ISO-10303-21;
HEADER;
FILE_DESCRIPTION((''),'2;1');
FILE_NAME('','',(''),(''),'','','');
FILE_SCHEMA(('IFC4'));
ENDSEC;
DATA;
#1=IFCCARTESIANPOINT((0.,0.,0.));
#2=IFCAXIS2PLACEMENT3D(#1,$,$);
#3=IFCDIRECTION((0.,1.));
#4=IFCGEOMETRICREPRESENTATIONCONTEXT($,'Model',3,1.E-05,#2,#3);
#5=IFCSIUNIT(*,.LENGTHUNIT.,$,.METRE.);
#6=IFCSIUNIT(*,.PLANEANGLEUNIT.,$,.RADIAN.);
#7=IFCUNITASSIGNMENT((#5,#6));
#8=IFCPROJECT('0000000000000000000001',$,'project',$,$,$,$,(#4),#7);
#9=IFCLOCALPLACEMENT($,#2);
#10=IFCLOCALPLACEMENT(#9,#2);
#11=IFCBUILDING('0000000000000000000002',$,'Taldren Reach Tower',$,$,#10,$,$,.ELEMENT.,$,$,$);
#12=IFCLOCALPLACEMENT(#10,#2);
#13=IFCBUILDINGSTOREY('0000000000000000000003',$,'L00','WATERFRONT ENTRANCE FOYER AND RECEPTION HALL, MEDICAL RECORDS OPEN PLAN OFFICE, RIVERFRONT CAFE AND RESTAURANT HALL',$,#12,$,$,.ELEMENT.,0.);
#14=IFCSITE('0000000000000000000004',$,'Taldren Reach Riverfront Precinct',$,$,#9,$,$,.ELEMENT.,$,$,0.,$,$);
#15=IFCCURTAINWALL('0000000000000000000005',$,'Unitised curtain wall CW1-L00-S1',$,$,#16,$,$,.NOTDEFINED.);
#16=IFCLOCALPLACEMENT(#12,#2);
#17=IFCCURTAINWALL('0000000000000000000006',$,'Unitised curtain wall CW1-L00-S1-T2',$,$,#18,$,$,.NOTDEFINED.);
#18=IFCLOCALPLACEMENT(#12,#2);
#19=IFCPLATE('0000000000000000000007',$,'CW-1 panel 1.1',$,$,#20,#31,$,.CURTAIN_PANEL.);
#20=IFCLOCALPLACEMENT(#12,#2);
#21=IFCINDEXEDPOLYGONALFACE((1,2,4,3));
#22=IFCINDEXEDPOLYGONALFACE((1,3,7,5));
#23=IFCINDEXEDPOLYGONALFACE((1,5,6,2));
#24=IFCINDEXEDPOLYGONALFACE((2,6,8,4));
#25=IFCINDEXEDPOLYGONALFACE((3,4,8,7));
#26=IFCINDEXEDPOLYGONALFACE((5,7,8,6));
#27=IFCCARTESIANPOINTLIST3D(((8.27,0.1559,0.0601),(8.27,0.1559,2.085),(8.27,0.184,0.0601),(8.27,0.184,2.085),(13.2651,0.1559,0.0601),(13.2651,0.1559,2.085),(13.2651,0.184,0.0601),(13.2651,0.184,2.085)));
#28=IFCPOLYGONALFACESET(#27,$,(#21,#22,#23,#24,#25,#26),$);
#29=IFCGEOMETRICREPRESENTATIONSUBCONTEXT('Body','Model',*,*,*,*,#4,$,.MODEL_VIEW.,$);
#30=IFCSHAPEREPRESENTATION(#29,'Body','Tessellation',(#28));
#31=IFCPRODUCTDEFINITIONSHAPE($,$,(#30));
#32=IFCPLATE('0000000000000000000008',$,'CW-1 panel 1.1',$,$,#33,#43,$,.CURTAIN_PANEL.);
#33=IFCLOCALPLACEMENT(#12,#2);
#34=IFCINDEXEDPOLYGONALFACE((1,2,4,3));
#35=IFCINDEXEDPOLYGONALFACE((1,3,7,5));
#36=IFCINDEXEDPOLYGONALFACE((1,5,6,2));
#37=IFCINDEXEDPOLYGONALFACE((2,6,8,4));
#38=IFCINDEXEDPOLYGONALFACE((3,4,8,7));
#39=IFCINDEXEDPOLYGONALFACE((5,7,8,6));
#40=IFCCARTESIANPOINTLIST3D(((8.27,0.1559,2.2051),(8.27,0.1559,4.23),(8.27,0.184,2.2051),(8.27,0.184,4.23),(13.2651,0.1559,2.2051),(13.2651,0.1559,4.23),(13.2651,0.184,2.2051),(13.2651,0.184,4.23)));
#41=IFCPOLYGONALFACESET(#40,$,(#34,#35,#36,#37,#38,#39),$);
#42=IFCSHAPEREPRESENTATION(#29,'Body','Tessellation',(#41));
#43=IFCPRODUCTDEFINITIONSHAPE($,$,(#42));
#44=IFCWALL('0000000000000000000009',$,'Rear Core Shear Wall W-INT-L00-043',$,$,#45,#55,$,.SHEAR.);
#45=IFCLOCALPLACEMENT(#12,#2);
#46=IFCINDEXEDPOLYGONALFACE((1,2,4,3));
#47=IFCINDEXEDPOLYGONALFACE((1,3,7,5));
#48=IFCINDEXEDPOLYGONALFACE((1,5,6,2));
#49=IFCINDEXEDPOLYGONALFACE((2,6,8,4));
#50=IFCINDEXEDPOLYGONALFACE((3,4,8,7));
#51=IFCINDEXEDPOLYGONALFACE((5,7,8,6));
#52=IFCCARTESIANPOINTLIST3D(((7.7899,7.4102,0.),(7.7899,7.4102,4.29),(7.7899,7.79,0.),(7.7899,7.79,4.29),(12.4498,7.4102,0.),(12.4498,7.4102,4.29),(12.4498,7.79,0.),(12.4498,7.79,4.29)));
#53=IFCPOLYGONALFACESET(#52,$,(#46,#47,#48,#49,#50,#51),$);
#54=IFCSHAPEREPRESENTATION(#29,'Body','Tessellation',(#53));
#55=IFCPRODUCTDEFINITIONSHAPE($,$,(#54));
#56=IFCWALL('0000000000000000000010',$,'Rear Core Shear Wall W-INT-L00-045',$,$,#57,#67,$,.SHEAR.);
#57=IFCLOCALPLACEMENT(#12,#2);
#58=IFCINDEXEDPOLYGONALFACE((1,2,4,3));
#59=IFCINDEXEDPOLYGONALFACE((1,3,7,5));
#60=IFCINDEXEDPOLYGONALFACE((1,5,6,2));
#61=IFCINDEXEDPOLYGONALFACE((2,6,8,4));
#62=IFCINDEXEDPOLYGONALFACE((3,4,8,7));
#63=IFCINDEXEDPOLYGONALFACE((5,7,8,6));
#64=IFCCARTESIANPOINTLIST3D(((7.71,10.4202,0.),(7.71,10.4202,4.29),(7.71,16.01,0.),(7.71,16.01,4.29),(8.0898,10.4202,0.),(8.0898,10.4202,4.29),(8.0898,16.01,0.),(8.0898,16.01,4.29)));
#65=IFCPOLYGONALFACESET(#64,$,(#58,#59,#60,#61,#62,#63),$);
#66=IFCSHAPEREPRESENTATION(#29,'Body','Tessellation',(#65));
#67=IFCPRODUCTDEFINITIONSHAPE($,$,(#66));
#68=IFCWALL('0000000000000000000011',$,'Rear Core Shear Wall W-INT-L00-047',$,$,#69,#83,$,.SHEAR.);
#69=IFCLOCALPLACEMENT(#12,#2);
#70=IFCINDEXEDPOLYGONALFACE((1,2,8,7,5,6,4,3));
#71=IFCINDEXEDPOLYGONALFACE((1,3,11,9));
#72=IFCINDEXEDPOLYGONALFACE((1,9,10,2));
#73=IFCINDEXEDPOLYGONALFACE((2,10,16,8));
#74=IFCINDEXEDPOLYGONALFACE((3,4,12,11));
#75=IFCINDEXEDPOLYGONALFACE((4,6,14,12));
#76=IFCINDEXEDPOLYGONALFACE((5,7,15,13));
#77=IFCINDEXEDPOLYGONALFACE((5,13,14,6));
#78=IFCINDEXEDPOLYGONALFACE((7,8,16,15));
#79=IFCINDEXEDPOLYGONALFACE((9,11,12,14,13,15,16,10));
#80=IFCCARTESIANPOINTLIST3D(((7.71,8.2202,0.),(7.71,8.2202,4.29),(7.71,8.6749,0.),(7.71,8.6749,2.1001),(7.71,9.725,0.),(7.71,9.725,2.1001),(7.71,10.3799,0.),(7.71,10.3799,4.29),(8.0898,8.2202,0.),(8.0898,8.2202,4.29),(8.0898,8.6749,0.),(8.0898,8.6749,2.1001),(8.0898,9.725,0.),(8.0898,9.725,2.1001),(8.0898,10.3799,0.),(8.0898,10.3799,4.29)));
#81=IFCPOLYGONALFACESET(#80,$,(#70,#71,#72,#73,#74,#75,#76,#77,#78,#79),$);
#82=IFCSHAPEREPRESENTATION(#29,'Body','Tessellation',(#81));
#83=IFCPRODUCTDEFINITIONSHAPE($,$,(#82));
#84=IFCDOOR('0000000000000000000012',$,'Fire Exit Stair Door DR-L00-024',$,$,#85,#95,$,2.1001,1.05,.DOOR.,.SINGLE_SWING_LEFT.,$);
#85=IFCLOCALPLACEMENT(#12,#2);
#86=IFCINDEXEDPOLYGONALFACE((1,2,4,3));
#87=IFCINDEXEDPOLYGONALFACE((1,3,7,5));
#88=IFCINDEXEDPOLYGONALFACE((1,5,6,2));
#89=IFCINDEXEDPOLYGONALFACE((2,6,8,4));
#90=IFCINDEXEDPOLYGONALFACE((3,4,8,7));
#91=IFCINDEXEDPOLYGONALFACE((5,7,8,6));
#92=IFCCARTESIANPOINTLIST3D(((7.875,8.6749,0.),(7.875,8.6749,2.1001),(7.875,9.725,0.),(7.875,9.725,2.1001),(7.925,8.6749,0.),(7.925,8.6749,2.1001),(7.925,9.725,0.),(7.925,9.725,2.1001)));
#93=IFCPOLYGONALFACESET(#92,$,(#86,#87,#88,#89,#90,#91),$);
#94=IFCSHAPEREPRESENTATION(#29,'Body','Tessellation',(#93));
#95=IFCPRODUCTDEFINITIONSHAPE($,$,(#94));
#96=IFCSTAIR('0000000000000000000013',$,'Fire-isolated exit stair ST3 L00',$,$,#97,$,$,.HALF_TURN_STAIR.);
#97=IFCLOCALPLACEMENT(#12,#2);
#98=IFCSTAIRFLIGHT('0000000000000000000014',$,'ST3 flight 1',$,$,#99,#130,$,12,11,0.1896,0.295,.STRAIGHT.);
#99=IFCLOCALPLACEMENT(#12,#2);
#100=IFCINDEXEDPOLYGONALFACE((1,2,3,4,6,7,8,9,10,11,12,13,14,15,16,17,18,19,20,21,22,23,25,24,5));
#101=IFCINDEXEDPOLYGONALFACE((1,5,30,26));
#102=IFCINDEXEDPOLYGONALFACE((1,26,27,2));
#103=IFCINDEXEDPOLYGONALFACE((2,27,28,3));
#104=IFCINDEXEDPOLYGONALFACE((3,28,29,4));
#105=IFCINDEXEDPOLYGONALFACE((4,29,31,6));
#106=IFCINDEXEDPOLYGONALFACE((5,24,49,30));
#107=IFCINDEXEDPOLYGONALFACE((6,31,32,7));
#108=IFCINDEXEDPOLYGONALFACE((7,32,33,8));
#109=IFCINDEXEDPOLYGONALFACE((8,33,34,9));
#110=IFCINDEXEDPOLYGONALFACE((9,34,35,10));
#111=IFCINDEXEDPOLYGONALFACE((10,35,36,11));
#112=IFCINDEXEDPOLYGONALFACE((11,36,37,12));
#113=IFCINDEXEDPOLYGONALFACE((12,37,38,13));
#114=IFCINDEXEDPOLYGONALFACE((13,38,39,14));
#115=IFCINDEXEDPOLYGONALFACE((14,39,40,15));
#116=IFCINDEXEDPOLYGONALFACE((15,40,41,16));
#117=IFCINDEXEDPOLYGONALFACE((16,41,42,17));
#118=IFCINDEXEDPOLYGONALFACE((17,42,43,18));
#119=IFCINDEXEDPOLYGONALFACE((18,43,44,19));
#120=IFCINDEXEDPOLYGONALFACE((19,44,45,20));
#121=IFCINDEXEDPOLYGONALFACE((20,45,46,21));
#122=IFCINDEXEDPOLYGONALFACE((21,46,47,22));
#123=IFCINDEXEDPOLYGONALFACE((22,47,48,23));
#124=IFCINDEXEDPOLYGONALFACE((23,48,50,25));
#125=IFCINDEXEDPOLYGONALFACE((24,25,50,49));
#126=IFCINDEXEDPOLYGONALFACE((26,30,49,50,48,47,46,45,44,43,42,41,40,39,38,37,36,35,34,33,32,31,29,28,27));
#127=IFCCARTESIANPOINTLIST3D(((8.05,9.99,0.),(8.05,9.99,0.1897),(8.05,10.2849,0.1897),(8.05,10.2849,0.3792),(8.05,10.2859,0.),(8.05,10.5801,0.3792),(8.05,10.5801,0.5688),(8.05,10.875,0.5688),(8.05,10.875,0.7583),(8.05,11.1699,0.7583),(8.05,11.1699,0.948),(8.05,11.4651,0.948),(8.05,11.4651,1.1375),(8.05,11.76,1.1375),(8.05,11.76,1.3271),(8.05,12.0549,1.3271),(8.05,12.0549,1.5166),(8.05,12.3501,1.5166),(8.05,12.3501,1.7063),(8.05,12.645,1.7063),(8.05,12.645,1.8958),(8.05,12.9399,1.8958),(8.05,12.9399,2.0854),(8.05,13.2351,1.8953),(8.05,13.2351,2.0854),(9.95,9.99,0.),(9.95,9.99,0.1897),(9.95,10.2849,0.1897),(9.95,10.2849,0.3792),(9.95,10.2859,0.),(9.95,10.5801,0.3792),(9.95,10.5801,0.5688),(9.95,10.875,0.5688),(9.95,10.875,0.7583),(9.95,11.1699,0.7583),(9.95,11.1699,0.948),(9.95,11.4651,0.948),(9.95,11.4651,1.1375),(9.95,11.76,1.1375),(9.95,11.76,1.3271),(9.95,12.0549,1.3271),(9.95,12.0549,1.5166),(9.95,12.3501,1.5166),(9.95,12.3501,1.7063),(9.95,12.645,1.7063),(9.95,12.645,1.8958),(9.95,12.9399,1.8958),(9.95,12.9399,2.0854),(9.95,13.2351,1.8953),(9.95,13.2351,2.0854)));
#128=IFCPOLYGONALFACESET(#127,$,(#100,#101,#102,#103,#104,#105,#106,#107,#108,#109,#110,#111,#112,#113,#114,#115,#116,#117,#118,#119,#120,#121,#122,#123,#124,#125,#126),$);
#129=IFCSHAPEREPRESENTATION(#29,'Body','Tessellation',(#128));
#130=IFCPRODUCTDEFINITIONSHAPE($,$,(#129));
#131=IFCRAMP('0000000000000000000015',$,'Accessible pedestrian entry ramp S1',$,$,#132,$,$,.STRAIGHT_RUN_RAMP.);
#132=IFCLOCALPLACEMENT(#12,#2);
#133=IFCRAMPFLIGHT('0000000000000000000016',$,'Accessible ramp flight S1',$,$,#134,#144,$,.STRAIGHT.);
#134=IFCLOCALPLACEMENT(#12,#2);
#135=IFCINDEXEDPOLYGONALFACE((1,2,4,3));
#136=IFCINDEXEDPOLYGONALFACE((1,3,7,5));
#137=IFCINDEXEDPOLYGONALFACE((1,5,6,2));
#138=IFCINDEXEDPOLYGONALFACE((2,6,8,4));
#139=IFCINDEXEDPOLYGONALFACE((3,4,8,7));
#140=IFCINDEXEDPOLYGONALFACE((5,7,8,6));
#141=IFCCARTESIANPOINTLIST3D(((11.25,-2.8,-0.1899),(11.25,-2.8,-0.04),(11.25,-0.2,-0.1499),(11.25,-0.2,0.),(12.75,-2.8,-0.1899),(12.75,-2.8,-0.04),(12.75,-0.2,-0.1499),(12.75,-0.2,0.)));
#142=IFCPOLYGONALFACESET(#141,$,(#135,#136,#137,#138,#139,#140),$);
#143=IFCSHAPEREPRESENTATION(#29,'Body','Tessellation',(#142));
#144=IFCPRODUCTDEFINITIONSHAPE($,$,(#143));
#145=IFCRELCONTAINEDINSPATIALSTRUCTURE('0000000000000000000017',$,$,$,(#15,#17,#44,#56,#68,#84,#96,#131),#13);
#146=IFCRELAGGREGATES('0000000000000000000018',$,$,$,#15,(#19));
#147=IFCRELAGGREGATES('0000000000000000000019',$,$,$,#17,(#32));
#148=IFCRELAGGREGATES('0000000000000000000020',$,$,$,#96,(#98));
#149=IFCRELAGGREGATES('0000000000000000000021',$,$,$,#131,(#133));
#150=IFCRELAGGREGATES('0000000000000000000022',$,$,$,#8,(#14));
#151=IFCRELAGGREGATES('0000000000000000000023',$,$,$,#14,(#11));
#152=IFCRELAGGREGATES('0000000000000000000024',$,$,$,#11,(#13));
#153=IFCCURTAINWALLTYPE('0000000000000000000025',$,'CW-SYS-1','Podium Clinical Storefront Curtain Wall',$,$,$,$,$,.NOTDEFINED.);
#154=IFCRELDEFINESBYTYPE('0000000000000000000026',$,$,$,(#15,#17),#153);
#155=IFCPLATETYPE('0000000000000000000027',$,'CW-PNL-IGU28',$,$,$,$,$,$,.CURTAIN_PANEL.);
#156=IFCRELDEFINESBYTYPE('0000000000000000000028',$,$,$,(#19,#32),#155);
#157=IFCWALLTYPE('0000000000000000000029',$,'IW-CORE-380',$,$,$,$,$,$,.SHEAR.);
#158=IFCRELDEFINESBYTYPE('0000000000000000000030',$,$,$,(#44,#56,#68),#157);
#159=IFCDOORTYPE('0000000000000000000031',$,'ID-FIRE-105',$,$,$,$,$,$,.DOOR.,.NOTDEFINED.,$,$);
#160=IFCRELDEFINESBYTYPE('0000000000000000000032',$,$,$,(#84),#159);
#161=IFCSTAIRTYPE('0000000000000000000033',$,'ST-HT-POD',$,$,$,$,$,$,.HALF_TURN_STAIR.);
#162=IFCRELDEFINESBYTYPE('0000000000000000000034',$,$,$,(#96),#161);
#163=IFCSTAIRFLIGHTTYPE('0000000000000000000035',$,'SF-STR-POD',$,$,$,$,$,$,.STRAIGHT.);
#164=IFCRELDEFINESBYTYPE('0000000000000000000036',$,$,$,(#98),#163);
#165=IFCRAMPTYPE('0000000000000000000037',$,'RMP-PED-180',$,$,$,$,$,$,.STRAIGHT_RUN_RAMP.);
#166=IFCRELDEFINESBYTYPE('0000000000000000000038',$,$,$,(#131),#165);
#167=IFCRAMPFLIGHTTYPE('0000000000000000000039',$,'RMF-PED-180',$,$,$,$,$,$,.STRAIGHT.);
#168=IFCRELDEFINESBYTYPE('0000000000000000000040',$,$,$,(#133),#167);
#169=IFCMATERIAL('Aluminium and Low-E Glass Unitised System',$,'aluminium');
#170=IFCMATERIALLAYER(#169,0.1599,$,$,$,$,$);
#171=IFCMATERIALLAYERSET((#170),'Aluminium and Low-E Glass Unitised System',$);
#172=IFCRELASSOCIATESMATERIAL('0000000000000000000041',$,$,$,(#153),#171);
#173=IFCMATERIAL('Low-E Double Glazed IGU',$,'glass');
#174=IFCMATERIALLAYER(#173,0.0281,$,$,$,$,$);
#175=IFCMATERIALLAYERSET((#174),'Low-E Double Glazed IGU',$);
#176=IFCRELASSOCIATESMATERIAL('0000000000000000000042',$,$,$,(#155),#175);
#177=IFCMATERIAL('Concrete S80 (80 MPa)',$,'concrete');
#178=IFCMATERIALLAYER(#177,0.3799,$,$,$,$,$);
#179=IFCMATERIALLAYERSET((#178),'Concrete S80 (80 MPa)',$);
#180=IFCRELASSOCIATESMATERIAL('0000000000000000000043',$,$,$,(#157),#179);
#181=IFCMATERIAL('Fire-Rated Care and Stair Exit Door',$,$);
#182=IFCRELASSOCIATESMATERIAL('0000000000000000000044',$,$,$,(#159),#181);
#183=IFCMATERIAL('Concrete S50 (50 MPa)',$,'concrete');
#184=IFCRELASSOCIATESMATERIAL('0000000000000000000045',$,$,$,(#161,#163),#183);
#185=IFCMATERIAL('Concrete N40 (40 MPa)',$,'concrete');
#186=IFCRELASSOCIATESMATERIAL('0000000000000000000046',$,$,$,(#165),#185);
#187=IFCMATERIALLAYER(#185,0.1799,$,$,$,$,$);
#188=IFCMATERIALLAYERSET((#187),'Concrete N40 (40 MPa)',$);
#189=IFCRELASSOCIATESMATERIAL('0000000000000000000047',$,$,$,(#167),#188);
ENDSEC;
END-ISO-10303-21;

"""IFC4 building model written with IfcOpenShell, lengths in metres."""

from ifc_helpers import new_model, si_unit, direction, frame, frame_2d, origin, origin_2d, place, context, subcontext, project, spatial, polyline, rectangle, outline, extrude, source, transform, mapped, material, layer, layer_set, type_object, element, fill, aggregate, save


model = new_model("IFC4")

# Units and contexts
model_context = context("Model", 3, precision=1e-05, world=origin(), true_north=direction((0.0, 1.0)))
body_context = subcontext(model_context, "Body", "Model", "MODEL_VIEW")
ifc_project = project(units=[si_unit("LENGTHUNIT", "METRE"), si_unit("PLANEANGLEUNIT", "RADIAN")], contexts=[model_context])

# Site, building, storey
site_placement = place(None, origin())
site = spatial("IfcSite", under=ifc_project, at=site_placement, Name="Taldren Reach Riverfront Precinct", CompositionType="ELEMENT", RefElevation=0.0)
building_placement = place(site_placement, origin())
building = spatial("IfcBuilding", under=site, at=building_placement, Name="Taldren Reach Tower", CompositionType="ELEMENT")
storey_placement = place(building_placement, origin())
storey = spatial("IfcBuildingStorey", under=building, at=storey_placement, Name="L00", Description="WATERFRONT ENTRANCE FOYER AND RECEPTION HALL, MEDICAL RECORDS OPEN PLAN OFFICE, RIVERFRONT CAFE AND RESTAURANT HALL", CompositionType="ELEMENT", Elevation=0.0)

# Shared definitions
ifc_material_1 = material(Name="Concrete S50 (50 MPa)", Category="concrete")

# Curtain walls
ifc_material_2 = material(Name="Aluminium and Low-E Glass Unitised System", Category="aluminium")
ifc_layer_1 = layer(ifc_material_2, 0.1599)
ifc_layer_set_1 = layer_set([ifc_layer_1], Name="Aluminium and Low-E Glass Unitised System")
curtain_wall_type = type_object("IfcCurtainWallType", Name="CW-SYS-1", Description="Podium Clinical Storefront Curtain Wall", PredefinedType="NOTDEFINED", material=ifc_layer_set_1)
curtain_wall_1_placement = place(storey_placement, origin())
curtain_wall_1 = element("IfcCurtainWall", 1, at=curtain_wall_1_placement, inside=storey, type_object=curtain_wall_type, Name="Unitised curtain wall CW1-L00-S1", PredefinedType="NOTDEFINED")
curtain_wall_2_placement = place(storey_placement, origin())
curtain_wall_2 = element("IfcCurtainWall", 2, at=curtain_wall_2_placement, inside=storey, type_object=curtain_wall_type, Name="Unitised curtain wall CW1-L00-S1-T2", PredefinedType="NOTDEFINED")

# Plates
ifc_material_3 = material(Name="Low-E Double Glazed IGU", Category="glass")
ifc_layer_2 = layer(ifc_material_3, 0.0281)
ifc_layer_set_2 = layer_set([ifc_layer_2], Name="Low-E Double Glazed IGU")
plate_type = type_object("IfcPlateType", Name="CW-PNL-IGU28", PredefinedType="CURTAIN_PANEL", material=ifc_layer_set_2)
shared_shape_1 = source(origin(), body_context, "Body", "SweptSolid", [
    extrude(rectangle(XDim=4.9951, YDim=0.0281, at=origin_2d()), origin(), (0.0, 0.0, 1.0), 2.0249),
])
plate_1_placement = place(storey_placement, frame((10.7676, 0.1699, 0.0601), z_axis=(0.0, 0.0, 1.0), x_axis=(1.0, 0.0, 0.0)))
plate_1 = element("IfcPlate", 3, at=plate_1_placement, type_object=plate_type, Name="CW-1 panel 1.1", PredefinedType="CURTAIN_PANEL", context=body_context, shape_type="MappedRepresentation", body=[
    mapped(shared_shape_1, transform((0.0, 0.0, 0.0), scale=1.0)),
])
aggregate(curtain_wall_1, [plate_1])
plate_2_placement = place(storey_placement, frame((10.7676, 0.1699, 2.2051), z_axis=(0.0, 0.0, 1.0), x_axis=(1.0, 0.0, 0.0)))
plate_2 = element("IfcPlate", 4, at=plate_2_placement, type_object=plate_type, Name="CW-1 panel 1.1", PredefinedType="CURTAIN_PANEL", context=body_context, shape_type="MappedRepresentation", body=[
    mapped(shared_shape_1, transform((0.0, 0.0, 0.0), scale=1.0)),
])
aggregate(curtain_wall_2, [plate_2])

# Walls
ifc_material_4 = material(Name="Concrete S80 (80 MPa)", Category="concrete")
ifc_layer_3 = layer(ifc_material_4, 0.3799)
ifc_layer_set_3 = layer_set([ifc_layer_3], Name="Concrete S80 (80 MPa)")
wall_type = type_object("IfcWallType", Name="IW-CORE-380", PredefinedType="SHEAR", material=ifc_layer_set_3)
shared_shape_2 = source(origin(), body_context, "Body", "SweptSolid", [
    extrude(rectangle(XDim=4.6599, YDim=0.3799, at=frame_2d((2.3301, 0.0))), origin(), (0.0, 0.0, 1.0), 4.29),
])
wall_1_placement = place(storey_placement, frame((12.45, 7.6001, 0.0), z_axis=(0.0, 0.0, 1.0), x_axis=(-1.0, 0.0, 0.0)))
element("IfcWall", 5, at=wall_1_placement, inside=storey, type_object=wall_type, Name="Rear Core Shear Wall W-INT-L00-043", PredefinedType="SHEAR", context=body_context, shape_type="MappedRepresentation", body=[
    mapped(shared_shape_2, transform((0.0, 0.0, 0.0), scale=1.0)),
])
shared_shape_3 = source(origin(), body_context, "Body", "SweptSolid", [
    extrude(rectangle(XDim=5.5898, YDim=0.3799, at=frame_2d((2.7949, 0.0))), origin(), (0.0, 0.0, 1.0), 4.29),
])
wall_2_placement = place(storey_placement, frame((7.8999, 10.4202, 0.0), z_axis=(0.0, 0.0, 1.0), x_axis=(0.0, 1.0, 0.0)))
element("IfcWall", 6, at=wall_2_placement, inside=storey, type_object=wall_type, Name="Rear Core Shear Wall W-INT-L00-045", PredefinedType="SHEAR", context=body_context, shape_type="MappedRepresentation", body=[
    mapped(shared_shape_3, transform((0.0, 0.0, 0.0), scale=1.0)),
])

# Wall, opening, door
shared_shape_4 = source(origin(), body_context, "Body", "SweptSolid", [
    extrude(rectangle(XDim=2.1597, YDim=0.3799, at=frame_2d((1.0798, 0.0))), origin(), (0.0, 0.0, 1.0), 4.29),
])
wall_3_placement = place(storey_placement, frame((7.8999, 8.2202, 0.0), z_axis=(0.0, 0.0, 1.0), x_axis=(0.0, 1.0, 0.0)))
wall_3 = element("IfcWall", 7, at=wall_3_placement, inside=storey, type_object=wall_type, Name="Rear Core Shear Wall W-INT-L00-047", PredefinedType="SHEAR", context=body_context, shape_type="MappedRepresentation", body=[
    mapped(shared_shape_4, transform((0.0, 0.0, 0.0), scale=1.0)),
])
shared_shape_5 = source(origin(), body_context, "Body", "SweptSolid", [
    extrude(rectangle(XDim=1.05, YDim=2.1001, at=frame_2d((0.5249, 1.05))), frame((0.0, 0.2, 0.0), z_axis=(0.0, -1.0, 0.0), x_axis=(1.0, 0.0, 0.0)), (0.0, 0.0, 1.0), 0.3999),
])
opening_placement = place(wall_3_placement, frame((0.4548, 0.0, 0.0)))
opening = element("IfcOpeningElement", 8, at=opening_placement, cuts=wall_3, PredefinedType="OPENING", context=body_context, shape_type="MappedRepresentation", body=[
    mapped(shared_shape_5, transform((0.0, 0.0, 0.0), scale=1.0)),
])
ifc_material_5 = material(Name="Fire-Rated Care and Stair Exit Door")
door_type = type_object("IfcDoorType", Name="ID-FIRE-105", OperationType="NOTDEFINED", PredefinedType="DOOR", material=ifc_material_5)
shared_shape_6 = source(origin(), body_context, "Body", "SweptSolid", [
    extrude(rectangle(XDim=1.05, YDim=2.1001, at=frame_2d((0.5249, 1.05))), frame((0.0, 0.0249, 0.0), z_axis=(0.0, -1.0, 0.0), x_axis=(1.0, 0.0, 0.0)), (0.0, 0.0, 1.0), 0.05),
])
door_placement = place(opening_placement, origin())
door = element("IfcDoor", 9, at=door_placement, inside=storey, type_object=door_type, Name="Fire Exit Stair Door DR-L00-024", OperationType="SINGLE_SWING_LEFT", OverallHeight=2.1001, OverallWidth=1.05, PredefinedType="DOOR", context=body_context, shape_type="MappedRepresentation", body=[
    mapped(shared_shape_6, transform((0.0, 0.0, 0.0), scale=1.0)),
])
fill(opening, door)

# Stair, stair flight
stair_type = type_object("IfcStairType", Name="ST-HT-POD", PredefinedType="HALF_TURN_STAIR", material=ifc_material_1)
stair_placement = place(storey_placement, origin())
stair = element("IfcStair", 10, at=stair_placement, inside=storey, type_object=stair_type, Name="Fire-isolated exit stair ST3 L00", PredefinedType="HALF_TURN_STAIR")
stair_flight_type = type_object("IfcStairFlightType", Name="SF-STR-POD", PredefinedType="STRAIGHT", material=ifc_material_1)
stair_flight_placement = place(storey_placement, frame((9.0, 9.99, 0.0), z_axis=(0.0, 0.0, 1.0), x_axis=(0.0, 1.0, 0.0)))
stair_flight = element("IfcStairFlight", 11, at=stair_flight_placement, type_object=stair_flight_type, Name="ST3 flight 1", NumberOfRisers=12, NumberOfTreads=11, PredefinedType="STRAIGHT", RiserHeight=0.1896, TreadLength=0.295, context=body_context, shape_type="SweptSolid", body=[
    extrude(outline(polyline([(0.0, 0.0), (0.0, 0.1897), (0.2949, 0.1897), (0.2949, 0.3792), (0.5901, 0.3792), (0.5901, 0.5688), (0.885, 0.5688), (0.885, 0.7583), (1.1799, 0.7583), (1.1799, 0.948), (1.4751, 0.948), (1.4751, 1.1375), (1.77, 1.1375), (1.77, 1.3271), (2.0649, 1.3271), (2.0649, 1.5166), (2.3601, 1.5166), (2.3601, 1.7063), (2.655, 1.7063), (2.655, 1.8958), (2.95, 1.8958), (2.95, 2.0854), (3.2451, 2.0854), (3.2451, 2.2749), (3.2451, 1.8953), (0.2959, 0.0), (0.0, 0.0)])), frame((0.0, 0.95, 0.0), z_axis=(0.0, -1.0, 0.0), x_axis=(1.0, 0.0, 0.0)), (0.0, 0.0, 1.0), 1.8999),
])
aggregate(stair, [stair_flight])

# Ramp, ramp flight
ifc_material_6 = material(Name="Concrete N40 (40 MPa)", Category="concrete")
ramp_type = type_object("IfcRampType", Name="RMP-PED-180", PredefinedType="STRAIGHT_RUN_RAMP", material=ifc_material_6)
ramp_placement = place(storey_placement, origin())
ramp = element("IfcRamp", 12, at=ramp_placement, inside=storey, type_object=ramp_type, Name="Accessible pedestrian entry ramp S1", PredefinedType="STRAIGHT_RUN_RAMP")
ifc_layer_4 = layer(ifc_material_6, 0.1799)
ifc_layer_set_4 = layer_set([ifc_layer_4], Name="Concrete N40 (40 MPa)")
ramp_flight_type = type_object("IfcRampFlightType", Name="RMF-PED-180", PredefinedType="STRAIGHT", material=ifc_layer_set_4)
ramp_flight_placement = place(storey_placement, frame((12.0, -2.8, -0.04), z_axis=(0.0, 0.0, 1.0), x_axis=(0.0, 1.0, 0.0)))
ramp_flight = element("IfcRampFlight", 13, at=ramp_flight_placement, type_object=ramp_flight_type, Name="Accessible ramp flight S1", PredefinedType="STRAIGHT", context=body_context, shape_type="SweptSolid", body=[
    extrude(outline(polyline([(0.0, -0.1499), (0.0, 0.0), (2.6001, 0.04), (2.6001, -0.1099), (0.0, -0.1499)])), frame((0.0, 0.75, 0.0), z_axis=(0.0, -1.0, 0.0), x_axis=(1.0, 0.0, 0.0)), (0.0, 0.0, 1.0), 1.5),
])
aggregate(ramp, [ramp_flight])

save(model, "model.ifc")
